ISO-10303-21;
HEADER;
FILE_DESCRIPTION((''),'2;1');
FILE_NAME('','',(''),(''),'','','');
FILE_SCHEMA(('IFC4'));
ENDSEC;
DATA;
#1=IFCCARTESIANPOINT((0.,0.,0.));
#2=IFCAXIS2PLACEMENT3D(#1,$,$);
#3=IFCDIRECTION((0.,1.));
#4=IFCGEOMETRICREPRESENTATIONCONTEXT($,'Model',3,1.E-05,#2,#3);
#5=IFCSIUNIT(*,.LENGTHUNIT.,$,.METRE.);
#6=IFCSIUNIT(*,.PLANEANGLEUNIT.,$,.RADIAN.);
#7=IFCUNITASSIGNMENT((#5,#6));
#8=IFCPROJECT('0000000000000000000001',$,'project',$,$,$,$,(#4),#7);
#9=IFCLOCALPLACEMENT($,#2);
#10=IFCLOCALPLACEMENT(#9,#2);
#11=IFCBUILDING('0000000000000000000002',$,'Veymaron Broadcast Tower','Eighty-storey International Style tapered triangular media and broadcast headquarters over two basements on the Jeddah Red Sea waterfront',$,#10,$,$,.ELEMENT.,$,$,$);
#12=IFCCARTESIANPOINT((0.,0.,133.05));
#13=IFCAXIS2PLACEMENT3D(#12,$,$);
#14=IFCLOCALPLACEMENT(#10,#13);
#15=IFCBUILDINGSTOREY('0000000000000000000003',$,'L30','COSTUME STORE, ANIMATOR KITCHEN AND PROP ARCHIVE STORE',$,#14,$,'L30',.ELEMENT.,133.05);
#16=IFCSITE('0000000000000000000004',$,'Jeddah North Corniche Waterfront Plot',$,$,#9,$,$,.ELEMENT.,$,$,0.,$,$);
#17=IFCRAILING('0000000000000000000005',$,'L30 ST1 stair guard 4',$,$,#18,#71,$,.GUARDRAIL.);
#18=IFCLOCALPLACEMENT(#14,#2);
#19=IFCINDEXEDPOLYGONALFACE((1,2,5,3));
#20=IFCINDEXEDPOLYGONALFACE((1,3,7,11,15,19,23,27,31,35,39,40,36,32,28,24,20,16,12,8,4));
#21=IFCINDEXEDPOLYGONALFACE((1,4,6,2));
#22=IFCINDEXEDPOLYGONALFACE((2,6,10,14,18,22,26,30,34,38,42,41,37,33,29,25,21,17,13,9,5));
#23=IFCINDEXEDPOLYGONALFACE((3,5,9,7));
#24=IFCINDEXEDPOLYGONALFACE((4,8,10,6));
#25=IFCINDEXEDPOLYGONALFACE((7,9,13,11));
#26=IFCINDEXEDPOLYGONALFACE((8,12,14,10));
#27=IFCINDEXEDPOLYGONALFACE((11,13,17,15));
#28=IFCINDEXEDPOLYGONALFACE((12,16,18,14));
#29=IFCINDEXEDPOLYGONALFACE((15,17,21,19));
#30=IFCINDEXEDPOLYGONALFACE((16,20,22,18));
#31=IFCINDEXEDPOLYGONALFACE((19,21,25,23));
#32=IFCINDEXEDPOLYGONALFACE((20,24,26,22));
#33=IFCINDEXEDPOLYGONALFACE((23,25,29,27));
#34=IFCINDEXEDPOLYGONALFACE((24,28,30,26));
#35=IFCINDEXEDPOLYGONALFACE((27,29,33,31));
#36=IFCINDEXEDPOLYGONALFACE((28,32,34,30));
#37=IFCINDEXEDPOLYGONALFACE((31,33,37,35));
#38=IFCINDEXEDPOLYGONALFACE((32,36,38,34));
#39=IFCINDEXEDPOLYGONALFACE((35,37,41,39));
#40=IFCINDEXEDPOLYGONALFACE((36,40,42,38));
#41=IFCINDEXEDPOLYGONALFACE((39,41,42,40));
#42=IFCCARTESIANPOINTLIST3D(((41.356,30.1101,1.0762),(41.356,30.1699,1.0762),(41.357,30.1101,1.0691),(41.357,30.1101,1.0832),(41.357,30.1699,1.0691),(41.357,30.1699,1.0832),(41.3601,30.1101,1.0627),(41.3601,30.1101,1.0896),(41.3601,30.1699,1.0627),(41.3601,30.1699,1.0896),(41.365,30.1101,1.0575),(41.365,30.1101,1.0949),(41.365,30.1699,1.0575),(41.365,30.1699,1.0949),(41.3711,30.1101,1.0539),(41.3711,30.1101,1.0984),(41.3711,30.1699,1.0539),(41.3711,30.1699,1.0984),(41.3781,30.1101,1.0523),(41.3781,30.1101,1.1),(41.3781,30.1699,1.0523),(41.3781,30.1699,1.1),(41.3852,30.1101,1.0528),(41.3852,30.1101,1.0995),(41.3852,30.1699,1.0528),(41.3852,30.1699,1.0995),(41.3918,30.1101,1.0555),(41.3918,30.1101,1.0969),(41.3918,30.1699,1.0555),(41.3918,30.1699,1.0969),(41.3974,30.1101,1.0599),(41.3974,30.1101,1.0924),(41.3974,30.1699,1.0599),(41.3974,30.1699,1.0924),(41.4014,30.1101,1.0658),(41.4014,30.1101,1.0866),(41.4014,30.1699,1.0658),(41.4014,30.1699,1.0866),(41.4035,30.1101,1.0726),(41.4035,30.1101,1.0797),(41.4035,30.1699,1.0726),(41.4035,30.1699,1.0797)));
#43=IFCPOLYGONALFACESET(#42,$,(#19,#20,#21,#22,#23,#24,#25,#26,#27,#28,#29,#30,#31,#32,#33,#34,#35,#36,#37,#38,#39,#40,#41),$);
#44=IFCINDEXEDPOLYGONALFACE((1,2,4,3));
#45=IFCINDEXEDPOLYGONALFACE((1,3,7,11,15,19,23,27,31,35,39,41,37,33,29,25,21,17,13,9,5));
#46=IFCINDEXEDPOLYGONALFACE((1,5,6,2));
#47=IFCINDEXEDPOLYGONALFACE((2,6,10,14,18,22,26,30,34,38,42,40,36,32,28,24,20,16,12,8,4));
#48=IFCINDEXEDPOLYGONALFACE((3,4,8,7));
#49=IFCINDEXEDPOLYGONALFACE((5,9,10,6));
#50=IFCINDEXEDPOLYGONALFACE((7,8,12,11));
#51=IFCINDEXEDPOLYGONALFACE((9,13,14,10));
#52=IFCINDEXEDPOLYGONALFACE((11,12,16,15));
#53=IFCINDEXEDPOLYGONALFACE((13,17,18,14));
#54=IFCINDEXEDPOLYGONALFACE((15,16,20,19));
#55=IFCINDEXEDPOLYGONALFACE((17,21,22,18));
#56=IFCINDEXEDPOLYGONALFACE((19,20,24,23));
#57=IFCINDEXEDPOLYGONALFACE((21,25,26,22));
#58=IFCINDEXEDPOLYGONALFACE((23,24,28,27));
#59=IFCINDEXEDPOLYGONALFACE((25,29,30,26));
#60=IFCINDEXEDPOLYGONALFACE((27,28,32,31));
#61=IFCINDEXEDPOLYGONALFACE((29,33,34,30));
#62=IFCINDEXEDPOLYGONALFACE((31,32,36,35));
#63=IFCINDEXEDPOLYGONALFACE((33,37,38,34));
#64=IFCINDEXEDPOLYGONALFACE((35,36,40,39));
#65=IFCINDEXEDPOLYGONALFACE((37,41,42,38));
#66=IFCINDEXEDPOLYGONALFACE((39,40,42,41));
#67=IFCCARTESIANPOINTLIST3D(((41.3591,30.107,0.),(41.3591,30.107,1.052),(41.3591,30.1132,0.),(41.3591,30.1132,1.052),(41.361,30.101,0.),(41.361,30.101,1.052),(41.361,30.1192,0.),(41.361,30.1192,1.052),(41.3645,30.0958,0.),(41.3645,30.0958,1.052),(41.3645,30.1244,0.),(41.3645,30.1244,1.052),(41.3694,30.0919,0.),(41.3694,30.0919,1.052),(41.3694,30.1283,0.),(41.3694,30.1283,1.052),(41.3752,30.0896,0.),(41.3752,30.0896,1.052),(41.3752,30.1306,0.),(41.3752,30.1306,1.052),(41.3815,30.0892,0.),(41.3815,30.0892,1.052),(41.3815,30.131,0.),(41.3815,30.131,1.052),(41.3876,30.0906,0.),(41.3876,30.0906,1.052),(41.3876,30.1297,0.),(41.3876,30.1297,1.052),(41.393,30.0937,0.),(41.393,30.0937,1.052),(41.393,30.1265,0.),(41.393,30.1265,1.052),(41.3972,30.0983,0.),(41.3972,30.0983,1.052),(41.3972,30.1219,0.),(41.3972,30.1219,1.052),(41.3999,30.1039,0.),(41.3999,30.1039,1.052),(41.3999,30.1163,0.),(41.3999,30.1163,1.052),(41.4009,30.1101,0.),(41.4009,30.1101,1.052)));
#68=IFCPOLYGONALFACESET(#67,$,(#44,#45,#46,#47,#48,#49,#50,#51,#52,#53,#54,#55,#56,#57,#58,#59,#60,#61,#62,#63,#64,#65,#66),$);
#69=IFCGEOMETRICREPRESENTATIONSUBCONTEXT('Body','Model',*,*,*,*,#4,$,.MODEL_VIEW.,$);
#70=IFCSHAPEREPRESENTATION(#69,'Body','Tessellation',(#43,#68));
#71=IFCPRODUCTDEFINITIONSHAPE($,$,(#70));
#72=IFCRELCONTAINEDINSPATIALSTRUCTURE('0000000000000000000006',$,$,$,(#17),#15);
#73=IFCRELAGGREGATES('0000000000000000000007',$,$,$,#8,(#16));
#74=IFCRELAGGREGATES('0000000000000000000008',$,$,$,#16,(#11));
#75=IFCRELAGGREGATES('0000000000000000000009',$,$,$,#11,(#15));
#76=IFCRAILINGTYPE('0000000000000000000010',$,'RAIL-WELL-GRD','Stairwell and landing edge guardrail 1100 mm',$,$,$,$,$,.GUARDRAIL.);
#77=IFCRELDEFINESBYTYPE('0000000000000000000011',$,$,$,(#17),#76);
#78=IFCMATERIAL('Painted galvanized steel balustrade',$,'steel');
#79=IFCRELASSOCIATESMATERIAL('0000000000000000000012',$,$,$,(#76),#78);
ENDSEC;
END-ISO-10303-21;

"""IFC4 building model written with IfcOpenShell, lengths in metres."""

from ifc_helpers import new_model, si_unit, direction, frame, origin, origin_2d, place, context, subcontext, project, spatial, circle, extrude, material, type_object, element, save


model = new_model("IFC4")

# Units and contexts
model_context = context("Model", 3, precision=1e-05, world=origin(), true_north=direction((0.0, 1.0)))
body_context = subcontext(model_context, "Body", "Model", "MODEL_VIEW")
ifc_project = project(units=[si_unit("LENGTHUNIT", "METRE"), si_unit("PLANEANGLEUNIT", "RADIAN")], contexts=[model_context])

# Site, building, storey
site_placement = place(None, origin())
site = spatial("IfcSite", under=ifc_project, at=site_placement, Name="Jeddah North Corniche Waterfront Plot", CompositionType="ELEMENT", RefElevation=0.0)
building_placement = place(site_placement, origin())
building = spatial("IfcBuilding", under=site, at=building_placement, Name="Veymaron Broadcast Tower", Description="Eighty-storey International Style tapered triangular media and broadcast headquarters over two basements on the Jeddah Red Sea waterfront", CompositionType="ELEMENT")
storey_placement = place(building_placement, frame((0.0, 0.0, 133.05)))
storey = spatial("IfcBuildingStorey", under=building, at=storey_placement, Name="L30", Description="COSTUME STORE, ANIMATOR KITCHEN AND PROP ARCHIVE STORE", LongName="L30", CompositionType="ELEMENT", Elevation=133.05)

# Railing
ifc_material_1 = material(Name="Painted galvanized steel balustrade", Category="steel")
railing_type_1 = type_object("IfcRailingType", Name="RAIL-WELL-GRD", Description="Stairwell and landing edge guardrail 1100 mm", PredefinedType="GUARDRAIL", material=ifc_material_1)
railing_1_placement = place(storey_placement, frame((41.3799, 30.1101, 0.0)))
element("IfcRailing", 1, at=railing_1_placement, inside=storey, type_object=railing_type_1, Name="L30 ST1 stair guard 4", PredefinedType="GUARDRAIL", context=body_context, shape_type="SweptSolid", body=[
    extrude(circle(Radius=0.0239, at=origin_2d()), frame((0.0, 0.0, 1.0762), z_axis=(0.0, 1.0, 0.0), x_axis=(-1.0, 0.0, 0.0)), (0.0, 0.0, 1.0), 0.0598),
    extrude(circle(Radius=0.021, at=origin_2d()), origin(), (0.0, 0.0, 1.0), 1.052),
])

save(model, "model.ifc")
